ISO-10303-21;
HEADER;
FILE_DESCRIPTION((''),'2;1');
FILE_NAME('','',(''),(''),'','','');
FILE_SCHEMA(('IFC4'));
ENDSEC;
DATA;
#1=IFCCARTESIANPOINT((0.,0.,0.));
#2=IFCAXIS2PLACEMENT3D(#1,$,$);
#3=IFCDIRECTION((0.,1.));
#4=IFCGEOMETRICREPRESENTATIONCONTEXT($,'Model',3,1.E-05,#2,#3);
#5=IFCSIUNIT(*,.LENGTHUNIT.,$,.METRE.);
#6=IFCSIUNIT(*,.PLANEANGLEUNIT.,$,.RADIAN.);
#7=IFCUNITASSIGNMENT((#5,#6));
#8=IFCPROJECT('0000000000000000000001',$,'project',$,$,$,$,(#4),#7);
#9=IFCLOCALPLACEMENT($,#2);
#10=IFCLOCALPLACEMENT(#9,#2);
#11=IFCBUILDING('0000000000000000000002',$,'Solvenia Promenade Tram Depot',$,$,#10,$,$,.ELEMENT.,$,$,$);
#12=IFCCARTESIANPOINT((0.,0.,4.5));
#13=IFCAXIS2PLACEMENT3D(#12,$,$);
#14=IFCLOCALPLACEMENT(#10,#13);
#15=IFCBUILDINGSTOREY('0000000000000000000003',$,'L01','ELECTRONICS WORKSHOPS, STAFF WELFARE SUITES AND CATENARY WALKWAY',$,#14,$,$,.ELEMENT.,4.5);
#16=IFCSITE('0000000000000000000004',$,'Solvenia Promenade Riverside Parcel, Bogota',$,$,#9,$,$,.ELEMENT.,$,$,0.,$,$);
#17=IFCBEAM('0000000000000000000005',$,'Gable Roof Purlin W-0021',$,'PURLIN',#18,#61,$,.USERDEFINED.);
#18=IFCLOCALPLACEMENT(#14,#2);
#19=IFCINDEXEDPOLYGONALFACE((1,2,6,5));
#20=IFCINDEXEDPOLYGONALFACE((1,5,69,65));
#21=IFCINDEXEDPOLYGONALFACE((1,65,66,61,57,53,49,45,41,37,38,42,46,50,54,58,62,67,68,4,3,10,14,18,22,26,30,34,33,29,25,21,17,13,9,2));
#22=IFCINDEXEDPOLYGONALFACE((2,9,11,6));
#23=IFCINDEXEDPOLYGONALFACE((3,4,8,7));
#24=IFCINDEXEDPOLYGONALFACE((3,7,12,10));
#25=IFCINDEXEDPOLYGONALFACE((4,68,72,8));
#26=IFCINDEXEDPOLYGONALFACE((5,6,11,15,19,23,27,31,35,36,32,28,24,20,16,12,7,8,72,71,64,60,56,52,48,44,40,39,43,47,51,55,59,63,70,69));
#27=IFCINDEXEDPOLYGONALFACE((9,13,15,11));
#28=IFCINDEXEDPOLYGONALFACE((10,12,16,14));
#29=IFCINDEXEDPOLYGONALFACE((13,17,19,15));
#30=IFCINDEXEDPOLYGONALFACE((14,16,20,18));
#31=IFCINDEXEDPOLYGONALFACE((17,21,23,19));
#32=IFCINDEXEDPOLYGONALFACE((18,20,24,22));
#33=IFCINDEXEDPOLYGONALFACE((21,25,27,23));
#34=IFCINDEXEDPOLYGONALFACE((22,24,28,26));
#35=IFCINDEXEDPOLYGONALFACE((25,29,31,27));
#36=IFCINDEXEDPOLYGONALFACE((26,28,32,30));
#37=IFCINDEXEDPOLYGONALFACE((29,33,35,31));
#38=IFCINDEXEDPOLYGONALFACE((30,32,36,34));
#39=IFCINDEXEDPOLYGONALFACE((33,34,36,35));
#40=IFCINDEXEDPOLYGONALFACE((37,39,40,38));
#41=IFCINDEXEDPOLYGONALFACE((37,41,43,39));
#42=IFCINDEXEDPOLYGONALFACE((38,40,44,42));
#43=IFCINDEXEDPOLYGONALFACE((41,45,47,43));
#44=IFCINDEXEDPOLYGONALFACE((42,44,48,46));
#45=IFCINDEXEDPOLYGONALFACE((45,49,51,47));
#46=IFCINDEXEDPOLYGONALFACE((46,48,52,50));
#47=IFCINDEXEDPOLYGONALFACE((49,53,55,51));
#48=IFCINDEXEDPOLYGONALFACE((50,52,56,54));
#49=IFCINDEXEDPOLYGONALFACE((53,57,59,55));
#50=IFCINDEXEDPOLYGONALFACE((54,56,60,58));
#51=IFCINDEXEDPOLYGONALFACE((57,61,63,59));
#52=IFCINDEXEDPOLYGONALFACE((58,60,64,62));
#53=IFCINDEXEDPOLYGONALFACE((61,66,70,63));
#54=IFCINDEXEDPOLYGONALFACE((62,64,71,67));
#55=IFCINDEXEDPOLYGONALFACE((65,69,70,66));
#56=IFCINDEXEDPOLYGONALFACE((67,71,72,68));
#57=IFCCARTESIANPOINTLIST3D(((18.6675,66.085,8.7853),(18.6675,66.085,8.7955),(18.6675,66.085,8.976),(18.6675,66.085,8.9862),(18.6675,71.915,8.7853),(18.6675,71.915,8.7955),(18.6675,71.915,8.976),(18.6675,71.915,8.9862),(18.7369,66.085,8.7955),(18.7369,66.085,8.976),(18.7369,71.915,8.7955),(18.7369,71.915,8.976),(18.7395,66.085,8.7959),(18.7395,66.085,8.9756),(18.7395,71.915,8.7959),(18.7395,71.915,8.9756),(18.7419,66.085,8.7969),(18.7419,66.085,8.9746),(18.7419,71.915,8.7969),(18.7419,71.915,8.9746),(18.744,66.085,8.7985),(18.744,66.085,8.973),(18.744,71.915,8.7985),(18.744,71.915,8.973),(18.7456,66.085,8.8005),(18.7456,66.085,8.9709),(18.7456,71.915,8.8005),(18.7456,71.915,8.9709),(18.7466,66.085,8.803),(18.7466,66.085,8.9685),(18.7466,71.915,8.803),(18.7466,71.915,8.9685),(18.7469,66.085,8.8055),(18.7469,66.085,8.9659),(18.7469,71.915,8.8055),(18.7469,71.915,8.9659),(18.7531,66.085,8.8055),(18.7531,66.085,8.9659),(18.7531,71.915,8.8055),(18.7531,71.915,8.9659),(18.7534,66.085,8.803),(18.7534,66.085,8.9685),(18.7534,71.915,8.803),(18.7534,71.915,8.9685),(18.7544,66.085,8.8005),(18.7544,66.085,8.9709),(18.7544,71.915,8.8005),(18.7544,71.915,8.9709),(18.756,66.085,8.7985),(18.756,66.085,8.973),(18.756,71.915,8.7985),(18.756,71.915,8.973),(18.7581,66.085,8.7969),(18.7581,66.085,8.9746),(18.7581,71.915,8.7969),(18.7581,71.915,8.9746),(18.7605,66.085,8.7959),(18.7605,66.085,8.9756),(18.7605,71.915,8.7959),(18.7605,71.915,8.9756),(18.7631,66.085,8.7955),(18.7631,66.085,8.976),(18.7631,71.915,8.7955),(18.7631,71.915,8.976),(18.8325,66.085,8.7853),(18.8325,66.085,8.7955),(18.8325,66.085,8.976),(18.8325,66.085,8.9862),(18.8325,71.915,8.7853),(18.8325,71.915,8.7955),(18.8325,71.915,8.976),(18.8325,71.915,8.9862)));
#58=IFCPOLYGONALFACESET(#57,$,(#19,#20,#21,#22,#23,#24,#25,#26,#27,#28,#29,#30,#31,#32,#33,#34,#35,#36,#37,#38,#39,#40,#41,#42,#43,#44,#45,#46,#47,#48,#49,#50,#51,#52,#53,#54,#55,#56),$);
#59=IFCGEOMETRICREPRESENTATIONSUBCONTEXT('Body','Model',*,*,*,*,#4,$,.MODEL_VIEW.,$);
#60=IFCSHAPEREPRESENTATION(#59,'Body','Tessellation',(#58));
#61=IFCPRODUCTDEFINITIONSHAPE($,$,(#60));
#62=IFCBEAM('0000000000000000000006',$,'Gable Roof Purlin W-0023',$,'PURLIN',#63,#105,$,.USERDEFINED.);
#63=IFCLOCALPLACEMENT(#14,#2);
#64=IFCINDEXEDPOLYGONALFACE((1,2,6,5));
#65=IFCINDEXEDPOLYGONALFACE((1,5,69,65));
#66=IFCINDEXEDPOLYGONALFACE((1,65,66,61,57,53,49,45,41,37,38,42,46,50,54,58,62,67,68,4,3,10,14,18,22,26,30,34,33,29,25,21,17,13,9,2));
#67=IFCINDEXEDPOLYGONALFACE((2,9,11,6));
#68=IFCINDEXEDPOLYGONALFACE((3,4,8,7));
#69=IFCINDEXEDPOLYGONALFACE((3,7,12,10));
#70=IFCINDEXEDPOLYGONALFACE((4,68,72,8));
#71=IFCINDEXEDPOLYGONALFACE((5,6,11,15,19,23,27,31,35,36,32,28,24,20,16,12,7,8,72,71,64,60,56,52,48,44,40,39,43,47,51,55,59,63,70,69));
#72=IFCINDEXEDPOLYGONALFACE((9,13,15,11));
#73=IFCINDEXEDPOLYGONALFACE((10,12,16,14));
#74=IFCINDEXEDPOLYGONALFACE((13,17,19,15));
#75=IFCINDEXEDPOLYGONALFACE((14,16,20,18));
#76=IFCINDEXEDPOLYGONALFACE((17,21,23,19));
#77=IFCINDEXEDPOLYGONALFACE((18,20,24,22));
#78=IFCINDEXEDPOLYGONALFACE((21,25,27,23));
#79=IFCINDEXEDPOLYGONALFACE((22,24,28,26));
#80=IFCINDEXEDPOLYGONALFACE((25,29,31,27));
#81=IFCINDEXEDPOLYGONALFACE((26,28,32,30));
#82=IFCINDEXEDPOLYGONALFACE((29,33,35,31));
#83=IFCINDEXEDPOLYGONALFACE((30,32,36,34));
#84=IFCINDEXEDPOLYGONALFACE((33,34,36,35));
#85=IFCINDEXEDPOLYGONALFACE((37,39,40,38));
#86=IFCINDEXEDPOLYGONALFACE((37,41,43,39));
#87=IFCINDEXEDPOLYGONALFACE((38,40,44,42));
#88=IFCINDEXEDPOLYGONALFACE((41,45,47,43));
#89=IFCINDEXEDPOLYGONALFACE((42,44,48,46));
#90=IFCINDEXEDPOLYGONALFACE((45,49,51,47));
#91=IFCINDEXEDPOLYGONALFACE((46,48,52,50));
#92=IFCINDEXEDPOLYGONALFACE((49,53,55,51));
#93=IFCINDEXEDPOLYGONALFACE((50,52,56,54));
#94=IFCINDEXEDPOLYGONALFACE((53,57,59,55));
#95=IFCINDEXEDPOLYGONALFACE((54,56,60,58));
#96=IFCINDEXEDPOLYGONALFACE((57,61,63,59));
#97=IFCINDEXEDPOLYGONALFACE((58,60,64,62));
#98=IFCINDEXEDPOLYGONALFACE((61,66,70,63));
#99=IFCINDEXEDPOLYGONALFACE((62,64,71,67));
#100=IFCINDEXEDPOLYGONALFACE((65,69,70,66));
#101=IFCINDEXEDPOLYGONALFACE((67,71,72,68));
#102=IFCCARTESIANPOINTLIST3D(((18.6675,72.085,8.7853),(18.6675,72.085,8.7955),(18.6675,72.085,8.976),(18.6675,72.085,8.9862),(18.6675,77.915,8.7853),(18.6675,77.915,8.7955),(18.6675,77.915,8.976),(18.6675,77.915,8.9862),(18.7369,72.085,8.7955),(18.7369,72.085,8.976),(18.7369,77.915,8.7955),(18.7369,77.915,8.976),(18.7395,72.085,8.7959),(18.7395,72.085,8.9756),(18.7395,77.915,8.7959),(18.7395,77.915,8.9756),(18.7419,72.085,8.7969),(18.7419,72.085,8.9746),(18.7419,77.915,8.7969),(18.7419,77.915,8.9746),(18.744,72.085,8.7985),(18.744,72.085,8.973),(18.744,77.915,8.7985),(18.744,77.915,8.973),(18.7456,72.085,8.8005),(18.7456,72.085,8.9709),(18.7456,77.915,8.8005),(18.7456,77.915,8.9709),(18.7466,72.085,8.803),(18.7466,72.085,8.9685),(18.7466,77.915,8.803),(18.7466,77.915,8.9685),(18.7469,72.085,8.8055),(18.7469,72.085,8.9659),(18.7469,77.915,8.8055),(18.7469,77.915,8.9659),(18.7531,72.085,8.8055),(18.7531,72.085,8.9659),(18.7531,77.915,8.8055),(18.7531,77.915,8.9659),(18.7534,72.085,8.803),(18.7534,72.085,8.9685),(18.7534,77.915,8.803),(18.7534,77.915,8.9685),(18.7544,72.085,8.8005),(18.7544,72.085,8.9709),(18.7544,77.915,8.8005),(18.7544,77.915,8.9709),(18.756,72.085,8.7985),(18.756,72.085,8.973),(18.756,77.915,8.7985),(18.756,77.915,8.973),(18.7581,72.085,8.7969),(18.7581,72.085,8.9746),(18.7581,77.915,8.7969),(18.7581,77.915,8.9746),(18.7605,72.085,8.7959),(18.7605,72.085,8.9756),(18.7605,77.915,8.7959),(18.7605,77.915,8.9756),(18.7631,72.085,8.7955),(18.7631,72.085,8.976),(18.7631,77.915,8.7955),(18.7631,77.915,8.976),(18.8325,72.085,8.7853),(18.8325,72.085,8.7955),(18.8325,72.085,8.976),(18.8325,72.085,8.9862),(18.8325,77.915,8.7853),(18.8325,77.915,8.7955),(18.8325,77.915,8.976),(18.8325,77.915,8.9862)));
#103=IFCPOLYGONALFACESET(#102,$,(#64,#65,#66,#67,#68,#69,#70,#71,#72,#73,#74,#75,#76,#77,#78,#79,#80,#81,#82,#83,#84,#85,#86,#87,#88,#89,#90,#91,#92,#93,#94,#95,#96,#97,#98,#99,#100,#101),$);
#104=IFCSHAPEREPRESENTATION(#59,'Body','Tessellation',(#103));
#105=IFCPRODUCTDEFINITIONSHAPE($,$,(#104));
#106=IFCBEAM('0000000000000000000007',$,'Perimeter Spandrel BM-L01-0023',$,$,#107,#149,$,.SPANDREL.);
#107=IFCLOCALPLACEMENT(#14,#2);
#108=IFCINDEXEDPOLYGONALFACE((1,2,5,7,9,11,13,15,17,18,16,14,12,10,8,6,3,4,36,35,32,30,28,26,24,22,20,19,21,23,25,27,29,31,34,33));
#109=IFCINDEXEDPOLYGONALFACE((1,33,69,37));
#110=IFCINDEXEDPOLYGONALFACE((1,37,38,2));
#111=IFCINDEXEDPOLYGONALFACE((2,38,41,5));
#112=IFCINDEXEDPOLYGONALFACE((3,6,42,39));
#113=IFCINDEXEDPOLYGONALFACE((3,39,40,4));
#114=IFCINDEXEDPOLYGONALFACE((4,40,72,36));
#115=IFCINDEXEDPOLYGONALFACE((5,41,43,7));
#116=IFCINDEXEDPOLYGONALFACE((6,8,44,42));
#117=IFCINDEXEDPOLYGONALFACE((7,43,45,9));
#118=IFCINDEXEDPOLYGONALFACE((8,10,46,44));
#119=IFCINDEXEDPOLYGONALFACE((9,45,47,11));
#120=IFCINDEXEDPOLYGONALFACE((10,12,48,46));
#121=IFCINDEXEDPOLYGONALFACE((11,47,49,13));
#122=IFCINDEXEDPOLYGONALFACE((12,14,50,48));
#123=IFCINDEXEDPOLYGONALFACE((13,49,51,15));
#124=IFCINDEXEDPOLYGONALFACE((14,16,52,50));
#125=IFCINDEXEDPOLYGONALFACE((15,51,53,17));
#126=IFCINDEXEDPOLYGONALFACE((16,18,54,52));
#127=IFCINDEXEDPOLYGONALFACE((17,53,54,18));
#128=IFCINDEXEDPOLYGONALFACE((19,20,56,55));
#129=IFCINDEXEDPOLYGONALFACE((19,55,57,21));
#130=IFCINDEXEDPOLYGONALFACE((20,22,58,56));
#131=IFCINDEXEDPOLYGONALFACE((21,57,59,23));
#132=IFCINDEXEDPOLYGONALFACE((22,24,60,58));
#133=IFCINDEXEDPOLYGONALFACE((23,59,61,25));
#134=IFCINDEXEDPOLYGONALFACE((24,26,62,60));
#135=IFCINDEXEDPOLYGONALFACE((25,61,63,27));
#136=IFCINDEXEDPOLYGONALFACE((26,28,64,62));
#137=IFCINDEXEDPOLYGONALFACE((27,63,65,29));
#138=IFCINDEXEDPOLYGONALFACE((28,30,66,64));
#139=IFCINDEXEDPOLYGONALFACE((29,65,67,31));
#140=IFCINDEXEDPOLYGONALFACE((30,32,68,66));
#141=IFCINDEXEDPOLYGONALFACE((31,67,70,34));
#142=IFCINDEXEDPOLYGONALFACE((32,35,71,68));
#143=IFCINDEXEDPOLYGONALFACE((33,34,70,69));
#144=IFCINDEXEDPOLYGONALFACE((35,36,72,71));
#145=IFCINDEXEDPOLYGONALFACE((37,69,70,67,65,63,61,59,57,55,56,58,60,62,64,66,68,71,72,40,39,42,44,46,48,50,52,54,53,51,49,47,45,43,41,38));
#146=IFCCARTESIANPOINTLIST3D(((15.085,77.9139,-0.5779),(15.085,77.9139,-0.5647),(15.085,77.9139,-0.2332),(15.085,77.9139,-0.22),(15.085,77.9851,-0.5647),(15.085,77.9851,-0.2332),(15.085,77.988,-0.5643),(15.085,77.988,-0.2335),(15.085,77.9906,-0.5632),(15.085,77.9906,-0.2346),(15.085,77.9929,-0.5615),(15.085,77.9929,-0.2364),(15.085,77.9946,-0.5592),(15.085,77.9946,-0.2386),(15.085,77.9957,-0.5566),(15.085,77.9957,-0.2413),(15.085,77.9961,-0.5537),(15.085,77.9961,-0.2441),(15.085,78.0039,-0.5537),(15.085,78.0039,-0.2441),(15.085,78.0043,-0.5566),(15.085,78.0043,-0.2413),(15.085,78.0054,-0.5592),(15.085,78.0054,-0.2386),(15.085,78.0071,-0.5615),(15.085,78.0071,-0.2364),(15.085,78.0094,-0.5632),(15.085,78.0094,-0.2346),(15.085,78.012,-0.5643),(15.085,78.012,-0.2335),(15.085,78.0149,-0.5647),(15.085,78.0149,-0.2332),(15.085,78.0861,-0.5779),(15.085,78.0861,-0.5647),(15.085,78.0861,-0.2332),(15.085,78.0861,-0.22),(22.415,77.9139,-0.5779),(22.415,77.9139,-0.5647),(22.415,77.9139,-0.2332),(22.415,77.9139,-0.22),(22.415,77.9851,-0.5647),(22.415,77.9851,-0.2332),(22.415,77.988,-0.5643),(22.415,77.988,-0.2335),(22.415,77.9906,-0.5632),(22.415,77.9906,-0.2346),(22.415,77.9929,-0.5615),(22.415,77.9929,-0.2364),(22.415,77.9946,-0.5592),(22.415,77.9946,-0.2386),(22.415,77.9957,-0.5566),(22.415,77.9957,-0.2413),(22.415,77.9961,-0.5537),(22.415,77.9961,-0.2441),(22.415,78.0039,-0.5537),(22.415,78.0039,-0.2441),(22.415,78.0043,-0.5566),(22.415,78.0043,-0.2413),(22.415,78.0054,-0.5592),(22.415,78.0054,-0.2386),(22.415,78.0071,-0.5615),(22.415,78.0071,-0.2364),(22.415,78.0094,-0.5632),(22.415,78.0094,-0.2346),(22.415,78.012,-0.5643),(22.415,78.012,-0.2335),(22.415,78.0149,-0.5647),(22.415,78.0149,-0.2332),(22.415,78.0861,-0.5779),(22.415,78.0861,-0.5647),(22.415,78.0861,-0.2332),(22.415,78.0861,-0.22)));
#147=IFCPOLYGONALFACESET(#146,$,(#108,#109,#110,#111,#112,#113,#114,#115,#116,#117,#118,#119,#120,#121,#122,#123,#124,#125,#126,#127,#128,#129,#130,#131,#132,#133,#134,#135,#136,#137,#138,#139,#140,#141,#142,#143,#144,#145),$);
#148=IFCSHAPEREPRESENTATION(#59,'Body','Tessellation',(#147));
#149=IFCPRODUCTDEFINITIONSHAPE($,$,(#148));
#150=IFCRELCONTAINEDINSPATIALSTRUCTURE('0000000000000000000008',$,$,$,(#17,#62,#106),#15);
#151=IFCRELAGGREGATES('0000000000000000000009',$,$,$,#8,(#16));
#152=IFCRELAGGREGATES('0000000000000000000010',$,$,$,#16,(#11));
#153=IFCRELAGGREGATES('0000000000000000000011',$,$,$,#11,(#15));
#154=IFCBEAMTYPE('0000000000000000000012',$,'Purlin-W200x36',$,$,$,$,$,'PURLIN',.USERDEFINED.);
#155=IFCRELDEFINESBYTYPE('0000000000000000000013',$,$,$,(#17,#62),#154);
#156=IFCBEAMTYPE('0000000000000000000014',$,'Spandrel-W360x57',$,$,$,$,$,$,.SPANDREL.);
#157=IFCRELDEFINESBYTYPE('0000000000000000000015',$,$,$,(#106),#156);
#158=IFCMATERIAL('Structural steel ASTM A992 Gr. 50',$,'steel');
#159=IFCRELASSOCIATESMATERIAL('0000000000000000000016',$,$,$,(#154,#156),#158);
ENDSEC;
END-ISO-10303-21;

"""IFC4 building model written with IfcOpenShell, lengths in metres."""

from ifc_helpers import new_model, si_unit, direction, frame, origin, origin_2d, place, context, subcontext, project, spatial, i_section, extrude, material, material_profile, profile_set, type_object, element, save


model = new_model("IFC4")

# Units and contexts
model_context = context("Model", 3, precision=1e-05, world=origin(), true_north=direction((0.0, 1.0)))
body_context = subcontext(model_context, "Body", "Model", "MODEL_VIEW")
ifc_project = project(units=[si_unit("LENGTHUNIT", "METRE"), si_unit("PLANEANGLEUNIT", "RADIAN")], contexts=[model_context])

# Site, building, storey
site_placement = place(None, origin())
site = spatial("IfcSite", under=ifc_project, at=site_placement, Name="Solvenia Promenade Riverside Parcel, Bogota", CompositionType="ELEMENT", RefElevation=0.0)
building_placement = place(site_placement, origin())
building = spatial("IfcBuilding", under=site, at=building_placement, Name="Solvenia Promenade Tram Depot", CompositionType="ELEMENT")
storey_placement = place(building_placement, frame((0.0, 0.0, 4.5)))
storey = spatial("IfcBuildingStorey", under=building, at=storey_placement, Name="L01", Description="ELECTRONICS WORKSHOPS, STAFF WELFARE SUITES AND CATENARY WALKWAY", CompositionType="ELEMENT", Elevation=4.5)

# Shared definitions
ifc_material_1 = material(Name="Structural steel ASTM A992 Gr. 50", Category="steel")

# Beams
ifc_material_profile_1 = material_profile(ifc_material_1, i_section(OverallWidth=0.165, OverallDepth=0.2009, WebThickness=0.0061, FlangeThickness=0.0103, FilletRadius=0.01, at=origin_2d()), Name="W200x36", Category="steel")
ifc_profile_set_1 = profile_set([ifc_material_profile_1], Name="Structural steel ASTM A992 Gr. 50")
beam_type_1 = type_object("IfcBeamType", Name="Purlin-W200x36", ElementType="PURLIN", PredefinedType="USERDEFINED", material=ifc_profile_set_1)
for number, where, z_axis, x_axis, name in (
    (1, (18.75, 66.085, 8.8857), (0.0, 1.0, 0.0), (-1.0, 0.0, 0.0), "Gable Roof Purlin W-0021"),
    (2, (18.75, 72.085, 8.8857), (0.0, 1.0, 0.0), (-1.0, 0.0, 0.0), "Gable Roof Purlin W-0023"),
):
    element("IfcBeam", number, at=place(storey_placement, frame(where, z_axis=z_axis, x_axis=x_axis)), inside=storey, type_object=beam_type_1, Name=name, ObjectType="PURLIN", PredefinedType="USERDEFINED", context=body_context, shape_type="SweptSolid", body=[
        extrude(i_section(OverallWidth=0.165, OverallDepth=0.2009, WebThickness=0.0061, FlangeThickness=0.0103, FilletRadius=0.01, at=origin_2d()), origin(), (0.0, 0.0, 1.0), 5.8301),
    ])
ifc_material_profile_2 = material_profile(ifc_material_1, i_section(OverallWidth=0.1721, OverallDepth=0.3579, WebThickness=0.0078, FlangeThickness=0.0132, FilletRadius=0.011, at=origin_2d()), Name="W360x57", Category="steel")
ifc_profile_set_2 = profile_set([ifc_material_profile_2], Name="Structural steel ASTM A992 Gr. 50")
beam_type_2 = type_object("IfcBeamType", Name="Spandrel-W360x57", PredefinedType="SPANDREL", material=ifc_profile_set_2)
beam_1_placement = place(storey_placement, frame((15.085, 78.0, -0.3989), z_axis=(1.0, 0.0, 0.0), x_axis=(0.0, 1.0, 0.0)))
element("IfcBeam", 3, at=beam_1_placement, inside=storey, type_object=beam_type_2, Name="Perimeter Spandrel BM-L01-0023", PredefinedType="SPANDREL", context=body_context, shape_type="SweptSolid", body=[
    extrude(i_section(OverallWidth=0.1721, OverallDepth=0.3579, WebThickness=0.0078, FlangeThickness=0.0132, FilletRadius=0.011, at=origin_2d()), origin(), (0.0, 0.0, 1.0), 7.3301),
])

save(model, "model.ifc")
